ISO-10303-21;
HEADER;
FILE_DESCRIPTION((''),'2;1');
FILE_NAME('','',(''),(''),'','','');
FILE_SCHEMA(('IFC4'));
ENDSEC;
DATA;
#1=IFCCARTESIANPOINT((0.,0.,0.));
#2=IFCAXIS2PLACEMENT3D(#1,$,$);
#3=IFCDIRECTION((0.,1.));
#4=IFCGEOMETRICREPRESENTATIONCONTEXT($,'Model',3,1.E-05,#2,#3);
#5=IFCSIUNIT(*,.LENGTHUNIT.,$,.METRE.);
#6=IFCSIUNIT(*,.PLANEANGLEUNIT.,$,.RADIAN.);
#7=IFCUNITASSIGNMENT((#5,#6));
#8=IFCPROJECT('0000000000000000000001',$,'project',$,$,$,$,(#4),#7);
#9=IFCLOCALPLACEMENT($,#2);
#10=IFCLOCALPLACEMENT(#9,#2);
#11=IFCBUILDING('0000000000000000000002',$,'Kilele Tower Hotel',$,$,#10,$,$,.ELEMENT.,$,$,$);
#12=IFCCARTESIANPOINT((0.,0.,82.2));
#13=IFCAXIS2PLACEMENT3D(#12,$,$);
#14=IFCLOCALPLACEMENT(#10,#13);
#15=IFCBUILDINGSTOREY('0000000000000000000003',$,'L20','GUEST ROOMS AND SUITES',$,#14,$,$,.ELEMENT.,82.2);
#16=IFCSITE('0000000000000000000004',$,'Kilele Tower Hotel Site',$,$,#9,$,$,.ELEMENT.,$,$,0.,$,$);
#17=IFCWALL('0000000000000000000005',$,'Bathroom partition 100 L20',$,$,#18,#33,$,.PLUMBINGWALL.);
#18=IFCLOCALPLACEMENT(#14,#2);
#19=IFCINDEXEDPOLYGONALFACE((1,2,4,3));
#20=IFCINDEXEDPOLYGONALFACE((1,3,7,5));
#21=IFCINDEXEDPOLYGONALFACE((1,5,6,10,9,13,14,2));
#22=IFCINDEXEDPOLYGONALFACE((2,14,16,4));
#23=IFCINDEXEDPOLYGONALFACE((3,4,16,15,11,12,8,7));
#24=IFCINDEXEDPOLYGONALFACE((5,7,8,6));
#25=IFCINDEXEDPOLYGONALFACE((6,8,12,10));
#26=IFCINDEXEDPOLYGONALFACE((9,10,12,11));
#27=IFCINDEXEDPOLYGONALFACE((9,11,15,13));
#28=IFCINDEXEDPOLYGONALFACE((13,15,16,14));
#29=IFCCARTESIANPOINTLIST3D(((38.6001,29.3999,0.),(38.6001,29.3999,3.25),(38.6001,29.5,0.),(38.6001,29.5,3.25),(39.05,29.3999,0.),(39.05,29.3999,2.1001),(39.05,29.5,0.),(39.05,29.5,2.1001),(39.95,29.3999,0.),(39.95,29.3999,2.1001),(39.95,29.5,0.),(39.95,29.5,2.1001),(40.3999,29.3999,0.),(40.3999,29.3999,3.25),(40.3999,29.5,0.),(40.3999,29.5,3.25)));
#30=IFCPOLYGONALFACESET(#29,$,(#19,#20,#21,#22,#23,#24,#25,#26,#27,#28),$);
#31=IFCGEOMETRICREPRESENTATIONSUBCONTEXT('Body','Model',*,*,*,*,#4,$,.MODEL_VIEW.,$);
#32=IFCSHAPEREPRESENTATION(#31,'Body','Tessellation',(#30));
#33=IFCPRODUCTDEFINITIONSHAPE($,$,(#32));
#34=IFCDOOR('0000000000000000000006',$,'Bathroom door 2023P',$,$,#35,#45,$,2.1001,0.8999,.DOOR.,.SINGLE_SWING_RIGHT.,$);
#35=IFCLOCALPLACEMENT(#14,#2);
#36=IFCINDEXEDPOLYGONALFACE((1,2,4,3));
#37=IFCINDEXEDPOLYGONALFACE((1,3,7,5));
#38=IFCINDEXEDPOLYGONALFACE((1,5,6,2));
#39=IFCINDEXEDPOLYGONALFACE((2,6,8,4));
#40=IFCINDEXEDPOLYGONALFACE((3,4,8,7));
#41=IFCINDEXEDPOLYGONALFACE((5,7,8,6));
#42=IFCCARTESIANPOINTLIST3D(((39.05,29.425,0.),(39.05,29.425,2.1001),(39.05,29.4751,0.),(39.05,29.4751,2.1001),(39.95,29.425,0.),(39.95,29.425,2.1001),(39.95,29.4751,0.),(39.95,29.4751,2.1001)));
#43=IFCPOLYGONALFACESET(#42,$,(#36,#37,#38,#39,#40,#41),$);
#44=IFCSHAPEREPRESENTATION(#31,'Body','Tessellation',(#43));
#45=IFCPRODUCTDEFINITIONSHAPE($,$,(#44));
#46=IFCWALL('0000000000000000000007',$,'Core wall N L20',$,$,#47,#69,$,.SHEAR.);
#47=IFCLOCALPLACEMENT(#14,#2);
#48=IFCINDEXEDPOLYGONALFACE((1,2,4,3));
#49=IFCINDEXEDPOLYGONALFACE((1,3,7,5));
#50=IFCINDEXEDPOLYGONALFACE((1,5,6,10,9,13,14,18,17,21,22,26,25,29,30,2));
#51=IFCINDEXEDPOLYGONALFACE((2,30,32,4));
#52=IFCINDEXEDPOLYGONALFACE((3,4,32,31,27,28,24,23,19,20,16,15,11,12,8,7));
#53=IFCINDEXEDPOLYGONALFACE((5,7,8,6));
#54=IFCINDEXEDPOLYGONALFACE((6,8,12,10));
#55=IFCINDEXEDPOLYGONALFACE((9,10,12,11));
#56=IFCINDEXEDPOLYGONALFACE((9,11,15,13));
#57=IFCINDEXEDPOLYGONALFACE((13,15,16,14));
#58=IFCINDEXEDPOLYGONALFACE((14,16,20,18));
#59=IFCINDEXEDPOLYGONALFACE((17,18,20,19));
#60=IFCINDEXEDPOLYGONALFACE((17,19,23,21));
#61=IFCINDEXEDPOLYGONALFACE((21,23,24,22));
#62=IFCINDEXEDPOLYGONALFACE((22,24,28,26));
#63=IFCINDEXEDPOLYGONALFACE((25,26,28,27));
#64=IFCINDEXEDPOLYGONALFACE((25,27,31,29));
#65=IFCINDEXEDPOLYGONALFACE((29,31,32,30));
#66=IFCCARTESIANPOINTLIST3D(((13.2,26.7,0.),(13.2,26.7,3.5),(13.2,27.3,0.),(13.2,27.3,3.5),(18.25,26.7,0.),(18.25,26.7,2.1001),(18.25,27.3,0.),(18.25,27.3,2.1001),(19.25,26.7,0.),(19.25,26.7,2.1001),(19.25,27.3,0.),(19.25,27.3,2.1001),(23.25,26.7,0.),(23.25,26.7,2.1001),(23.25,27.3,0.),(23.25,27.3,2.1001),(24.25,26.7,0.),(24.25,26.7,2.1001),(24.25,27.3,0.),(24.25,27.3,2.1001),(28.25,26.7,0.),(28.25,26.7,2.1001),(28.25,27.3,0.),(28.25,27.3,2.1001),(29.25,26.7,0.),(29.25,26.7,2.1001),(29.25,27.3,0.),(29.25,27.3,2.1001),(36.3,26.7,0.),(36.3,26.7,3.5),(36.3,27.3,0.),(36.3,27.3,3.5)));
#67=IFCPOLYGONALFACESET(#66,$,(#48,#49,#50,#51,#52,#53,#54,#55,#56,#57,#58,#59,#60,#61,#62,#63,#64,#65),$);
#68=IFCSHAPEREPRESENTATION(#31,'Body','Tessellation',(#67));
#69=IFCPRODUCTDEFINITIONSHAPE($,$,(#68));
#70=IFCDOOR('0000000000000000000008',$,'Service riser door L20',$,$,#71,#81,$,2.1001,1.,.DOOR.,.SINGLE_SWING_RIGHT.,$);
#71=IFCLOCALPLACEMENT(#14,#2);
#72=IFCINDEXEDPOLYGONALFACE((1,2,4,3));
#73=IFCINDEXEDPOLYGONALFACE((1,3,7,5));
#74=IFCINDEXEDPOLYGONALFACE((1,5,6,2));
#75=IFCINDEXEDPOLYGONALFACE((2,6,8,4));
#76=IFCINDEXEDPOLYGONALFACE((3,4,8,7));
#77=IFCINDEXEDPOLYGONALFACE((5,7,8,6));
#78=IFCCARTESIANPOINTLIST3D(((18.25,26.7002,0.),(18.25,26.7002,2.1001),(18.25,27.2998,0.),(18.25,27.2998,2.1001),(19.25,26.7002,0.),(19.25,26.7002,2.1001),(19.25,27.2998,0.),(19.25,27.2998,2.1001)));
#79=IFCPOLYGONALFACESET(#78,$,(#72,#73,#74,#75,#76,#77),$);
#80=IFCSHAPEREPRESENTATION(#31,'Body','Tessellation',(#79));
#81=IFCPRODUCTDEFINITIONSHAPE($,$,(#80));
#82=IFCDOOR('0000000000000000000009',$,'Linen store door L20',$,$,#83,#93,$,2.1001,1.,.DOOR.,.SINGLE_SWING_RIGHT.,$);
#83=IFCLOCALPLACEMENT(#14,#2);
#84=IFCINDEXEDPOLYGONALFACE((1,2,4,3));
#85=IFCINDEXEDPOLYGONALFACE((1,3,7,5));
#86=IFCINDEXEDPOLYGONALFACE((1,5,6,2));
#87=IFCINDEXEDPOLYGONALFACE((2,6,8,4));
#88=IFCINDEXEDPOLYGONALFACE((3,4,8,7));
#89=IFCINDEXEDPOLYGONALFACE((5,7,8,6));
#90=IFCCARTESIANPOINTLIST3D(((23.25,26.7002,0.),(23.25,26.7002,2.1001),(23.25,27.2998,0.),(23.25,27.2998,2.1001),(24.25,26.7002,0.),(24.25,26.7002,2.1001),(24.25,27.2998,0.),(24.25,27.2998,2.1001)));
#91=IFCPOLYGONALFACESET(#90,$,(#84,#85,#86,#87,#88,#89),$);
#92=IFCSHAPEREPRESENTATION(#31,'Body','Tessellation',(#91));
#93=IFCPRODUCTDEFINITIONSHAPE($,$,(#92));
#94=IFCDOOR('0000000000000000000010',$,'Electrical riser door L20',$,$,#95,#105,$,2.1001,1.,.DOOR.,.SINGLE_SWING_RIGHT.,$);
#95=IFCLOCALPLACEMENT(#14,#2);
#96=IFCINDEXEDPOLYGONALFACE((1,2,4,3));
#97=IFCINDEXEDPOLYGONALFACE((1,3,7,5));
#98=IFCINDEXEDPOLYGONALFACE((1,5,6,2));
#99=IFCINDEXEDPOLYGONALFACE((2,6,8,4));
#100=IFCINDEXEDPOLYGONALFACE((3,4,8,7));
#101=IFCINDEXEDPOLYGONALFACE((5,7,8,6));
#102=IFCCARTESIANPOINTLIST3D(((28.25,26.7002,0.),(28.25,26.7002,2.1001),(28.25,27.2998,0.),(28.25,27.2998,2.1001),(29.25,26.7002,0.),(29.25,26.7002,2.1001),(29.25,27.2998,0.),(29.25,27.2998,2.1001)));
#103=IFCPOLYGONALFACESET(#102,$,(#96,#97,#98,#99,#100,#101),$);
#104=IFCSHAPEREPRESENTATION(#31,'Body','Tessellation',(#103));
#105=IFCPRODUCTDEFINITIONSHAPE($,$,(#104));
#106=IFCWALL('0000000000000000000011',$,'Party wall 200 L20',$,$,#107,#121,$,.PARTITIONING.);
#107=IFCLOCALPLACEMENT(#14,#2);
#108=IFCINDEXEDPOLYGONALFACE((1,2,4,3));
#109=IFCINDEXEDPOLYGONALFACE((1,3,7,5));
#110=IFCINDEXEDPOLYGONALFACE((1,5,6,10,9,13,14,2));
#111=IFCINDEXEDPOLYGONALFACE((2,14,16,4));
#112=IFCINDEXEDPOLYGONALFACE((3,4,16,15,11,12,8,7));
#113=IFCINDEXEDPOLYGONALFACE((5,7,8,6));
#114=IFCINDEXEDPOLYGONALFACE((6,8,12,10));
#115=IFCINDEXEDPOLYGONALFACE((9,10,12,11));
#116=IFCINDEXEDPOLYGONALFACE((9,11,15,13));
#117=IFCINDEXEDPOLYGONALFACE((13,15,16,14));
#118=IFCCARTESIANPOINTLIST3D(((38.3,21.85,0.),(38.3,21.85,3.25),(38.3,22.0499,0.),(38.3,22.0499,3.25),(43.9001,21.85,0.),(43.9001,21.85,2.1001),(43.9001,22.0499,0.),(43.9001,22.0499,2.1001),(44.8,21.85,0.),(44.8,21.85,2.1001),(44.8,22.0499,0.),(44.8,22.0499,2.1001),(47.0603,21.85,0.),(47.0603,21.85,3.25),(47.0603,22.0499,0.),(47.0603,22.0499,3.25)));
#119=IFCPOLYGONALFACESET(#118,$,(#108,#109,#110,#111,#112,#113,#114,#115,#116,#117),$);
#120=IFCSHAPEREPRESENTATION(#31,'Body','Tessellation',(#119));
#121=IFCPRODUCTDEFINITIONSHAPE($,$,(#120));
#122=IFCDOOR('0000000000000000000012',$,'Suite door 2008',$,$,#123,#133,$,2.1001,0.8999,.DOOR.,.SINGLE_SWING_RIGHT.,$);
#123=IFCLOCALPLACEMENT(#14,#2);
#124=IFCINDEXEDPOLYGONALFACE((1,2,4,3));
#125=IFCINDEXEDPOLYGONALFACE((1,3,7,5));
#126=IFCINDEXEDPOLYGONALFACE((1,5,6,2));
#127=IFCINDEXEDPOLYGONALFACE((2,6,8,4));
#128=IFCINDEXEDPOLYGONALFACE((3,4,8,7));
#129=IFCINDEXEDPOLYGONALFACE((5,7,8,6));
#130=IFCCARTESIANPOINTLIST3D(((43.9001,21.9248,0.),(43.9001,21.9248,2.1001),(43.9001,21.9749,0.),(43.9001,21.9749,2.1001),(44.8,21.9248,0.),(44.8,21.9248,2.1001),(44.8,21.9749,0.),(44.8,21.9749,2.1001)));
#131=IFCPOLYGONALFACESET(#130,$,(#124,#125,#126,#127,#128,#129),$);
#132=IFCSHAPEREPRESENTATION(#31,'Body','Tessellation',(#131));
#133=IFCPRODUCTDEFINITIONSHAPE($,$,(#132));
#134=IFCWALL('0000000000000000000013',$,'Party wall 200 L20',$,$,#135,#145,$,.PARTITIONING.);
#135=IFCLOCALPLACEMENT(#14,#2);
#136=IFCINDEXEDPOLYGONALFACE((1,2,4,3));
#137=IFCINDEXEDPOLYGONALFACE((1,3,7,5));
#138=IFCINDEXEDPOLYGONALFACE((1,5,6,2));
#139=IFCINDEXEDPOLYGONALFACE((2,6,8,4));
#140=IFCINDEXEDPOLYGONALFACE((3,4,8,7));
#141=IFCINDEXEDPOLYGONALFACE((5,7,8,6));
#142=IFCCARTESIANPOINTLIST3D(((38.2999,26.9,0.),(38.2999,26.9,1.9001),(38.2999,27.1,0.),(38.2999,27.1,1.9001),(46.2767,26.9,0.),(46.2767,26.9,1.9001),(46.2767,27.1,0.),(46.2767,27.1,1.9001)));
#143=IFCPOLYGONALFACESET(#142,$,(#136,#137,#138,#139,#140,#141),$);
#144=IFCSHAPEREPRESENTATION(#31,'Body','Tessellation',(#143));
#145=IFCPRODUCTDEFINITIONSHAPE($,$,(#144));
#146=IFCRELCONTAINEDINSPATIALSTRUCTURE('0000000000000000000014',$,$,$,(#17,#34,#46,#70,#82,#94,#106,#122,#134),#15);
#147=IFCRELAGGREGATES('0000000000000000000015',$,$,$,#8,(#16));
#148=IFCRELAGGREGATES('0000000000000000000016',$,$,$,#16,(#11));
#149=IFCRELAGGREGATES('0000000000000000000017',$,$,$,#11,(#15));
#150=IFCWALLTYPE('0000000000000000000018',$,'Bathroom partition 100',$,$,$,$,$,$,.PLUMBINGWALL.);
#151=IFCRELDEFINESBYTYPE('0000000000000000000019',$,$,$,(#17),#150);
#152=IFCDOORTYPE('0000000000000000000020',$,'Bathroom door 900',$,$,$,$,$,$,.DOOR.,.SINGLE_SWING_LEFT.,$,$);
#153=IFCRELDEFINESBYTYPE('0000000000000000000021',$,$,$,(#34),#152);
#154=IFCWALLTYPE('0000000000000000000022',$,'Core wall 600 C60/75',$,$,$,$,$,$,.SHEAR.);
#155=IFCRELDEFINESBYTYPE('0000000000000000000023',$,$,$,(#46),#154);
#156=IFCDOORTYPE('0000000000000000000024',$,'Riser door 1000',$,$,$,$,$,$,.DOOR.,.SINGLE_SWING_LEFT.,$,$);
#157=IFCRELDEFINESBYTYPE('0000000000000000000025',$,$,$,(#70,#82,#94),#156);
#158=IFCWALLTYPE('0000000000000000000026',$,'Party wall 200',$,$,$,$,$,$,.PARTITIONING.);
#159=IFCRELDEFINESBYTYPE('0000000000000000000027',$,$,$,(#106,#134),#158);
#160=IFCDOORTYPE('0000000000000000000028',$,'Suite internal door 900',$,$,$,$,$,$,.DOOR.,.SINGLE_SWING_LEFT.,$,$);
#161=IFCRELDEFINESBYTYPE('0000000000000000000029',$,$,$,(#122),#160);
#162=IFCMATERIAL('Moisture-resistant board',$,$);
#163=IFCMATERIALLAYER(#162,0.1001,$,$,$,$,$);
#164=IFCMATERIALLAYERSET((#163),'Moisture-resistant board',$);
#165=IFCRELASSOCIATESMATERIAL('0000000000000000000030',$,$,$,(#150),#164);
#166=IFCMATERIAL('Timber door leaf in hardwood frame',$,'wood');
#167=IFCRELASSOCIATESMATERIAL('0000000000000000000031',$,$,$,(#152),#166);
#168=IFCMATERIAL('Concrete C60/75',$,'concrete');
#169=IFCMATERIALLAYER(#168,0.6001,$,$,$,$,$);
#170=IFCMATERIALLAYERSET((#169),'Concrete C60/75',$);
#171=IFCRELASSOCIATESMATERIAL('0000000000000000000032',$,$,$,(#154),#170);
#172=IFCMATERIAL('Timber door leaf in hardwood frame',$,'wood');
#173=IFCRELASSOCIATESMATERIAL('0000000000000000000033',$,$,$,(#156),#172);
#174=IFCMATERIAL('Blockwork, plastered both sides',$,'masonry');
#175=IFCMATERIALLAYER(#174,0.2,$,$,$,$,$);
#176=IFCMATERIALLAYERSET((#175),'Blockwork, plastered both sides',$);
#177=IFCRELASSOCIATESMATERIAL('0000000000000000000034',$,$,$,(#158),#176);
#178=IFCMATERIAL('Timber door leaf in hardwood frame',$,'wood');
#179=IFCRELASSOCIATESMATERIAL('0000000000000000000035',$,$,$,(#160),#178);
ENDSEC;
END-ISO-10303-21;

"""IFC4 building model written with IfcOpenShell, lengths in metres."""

from ifc_helpers import new_model, si_unit, direction, frame, frame_2d, origin, place, context, subcontext, project, spatial, rectangle, extrude, material, layer, layer_set, type_object, element, fill, save


model = new_model("IFC4")

# Units and contexts
model_context = context("Model", 3, precision=1e-05, world=origin(), true_north=direction((0.0, 1.0)))
body_context = subcontext(model_context, "Body", "Model", "MODEL_VIEW")
ifc_project = project(units=[si_unit("LENGTHUNIT", "METRE"), si_unit("PLANEANGLEUNIT", "RADIAN")], contexts=[model_context])

# Site, building, storey
site_placement = place(None, origin())
site = spatial("IfcSite", under=ifc_project, at=site_placement, Name="Kilele Tower Hotel Site", CompositionType="ELEMENT", RefElevation=0.0)
building_placement = place(site_placement, origin())
building = spatial("IfcBuilding", under=site, at=building_placement, Name="Kilele Tower Hotel", CompositionType="ELEMENT")
storey_placement = place(building_placement, frame((0.0, 0.0, 82.2)))
storey = spatial("IfcBuildingStorey", under=building, at=storey_placement, Name="L20", Description="GUEST ROOMS AND SUITES", CompositionType="ELEMENT", Elevation=82.2)

# Shared definitions
ifc_material_1 = material(Name="Moisture-resistant board")
ifc_layer_1 = layer(ifc_material_1, 0.1001)
ifc_layer_set_1 = layer_set([ifc_layer_1], Name="Moisture-resistant board")
wall_type_1 = type_object("IfcWallType", Name="Bathroom partition 100", PredefinedType="PLUMBINGWALL", material=ifc_layer_set_1)

# Shared definitions
ifc_material_2 = material(Name="Timber door leaf in hardwood frame", Category="wood")
door_type_1 = type_object("IfcDoorType", Name="Bathroom door 900", OperationType="SINGLE_SWING_LEFT", PredefinedType="DOOR", material=ifc_material_2)

# Wall, opening, door
wall_1_placement = place(storey_placement, frame((38.6001, 29.45, 0.0), z_axis=(0.0, 0.0, 1.0), x_axis=(1.0, 0.0, 0.0)))
wall_1 = element("IfcWall", 1, at=wall_1_placement, inside=storey, type_object=wall_type_1, Name="Bathroom partition 100 L20", PredefinedType="PLUMBINGWALL", context=body_context, shape_type="SweptSolid", body=[
    extrude(rectangle(XDim=1.7998, YDim=0.1001, at=frame_2d((0.8999, 0.0))), origin(), (0.0, 0.0, 1.0), 3.25),
])
opening_1_placement = place(wall_1_placement, frame((1.3499, 0.0, 0.0), z_axis=(0.0, 0.0, 1.0), x_axis=(-1.0, 0.0, 0.0)))
opening_1 = element("IfcOpeningElement", 2, at=opening_1_placement, cuts=wall_1, PredefinedType="OPENING", context=body_context, shape_type="SweptSolid", body=[
    extrude(rectangle(XDim=0.8999, YDim=2.1001, at=frame_2d((0.45, 1.05))), frame((0.0, 0.0601, 0.0), z_axis=(0.0, -1.0, 0.0), x_axis=(1.0, 0.0, 0.0)), (0.0, 0.0, 1.0), 0.1201),
])
door_1_placement = place(opening_1_placement, origin())
door_1 = element("IfcDoor", 3, at=door_1_placement, inside=storey, type_object=door_type_1, Name="Bathroom door 2023P", OperationType="SINGLE_SWING_RIGHT", OverallHeight=2.1001, OverallWidth=0.8999, PredefinedType="DOOR", context=body_context, shape_type="SweptSolid", body=[
    extrude(rectangle(XDim=0.8999, YDim=2.1001, at=frame_2d((0.45, 1.05))), frame((0.0, 0.0249, 0.0), z_axis=(0.0, -1.0, 0.0), x_axis=(1.0, 0.0, 0.0)), (0.0, 0.0, 1.0), 0.05),
])
fill(opening_1, door_1)

# Wall, openings, doors
ifc_material_3 = material(Name="Concrete C60/75", Category="concrete")
ifc_layer_2 = layer(ifc_material_3, 0.6001)
ifc_layer_set_2 = layer_set([ifc_layer_2], Name="Concrete C60/75")
wall_type_2 = type_object("IfcWallType", Name="Core wall 600 C60/75", PredefinedType="SHEAR", material=ifc_layer_set_2)
wall_2_placement = place(storey_placement, frame((36.3, 27.0, 0.0), z_axis=(0.0, 0.0, 1.0), x_axis=(-1.0, 0.0, 0.0)))
wall_2 = element("IfcWall", 4, at=wall_2_placement, inside=storey, type_object=wall_type_2, Name="Core wall N L20", PredefinedType="SHEAR", context=body_context, shape_type="SweptSolid", body=[
    extrude(rectangle(XDim=23.1001, YDim=0.6001, at=frame_2d((11.55, 0.0))), origin(), (0.0, 0.0, 1.0), 3.5),
])
opening_2_placement = place(wall_2_placement, frame((17.05, 0.0, 0.0)))
opening_2 = element("IfcOpeningElement", 5, at=opening_2_placement, cuts=wall_2, PredefinedType="OPENING", context=body_context, shape_type="SweptSolid", body=[
    extrude(rectangle(XDim=1.0, YDim=2.1001, at=frame_2d((0.5, 1.05))), frame((0.0, 0.3101, 0.0), z_axis=(0.0, -1.0, 0.0), x_axis=(1.0, 0.0, 0.0)), (0.0, 0.0, 1.0), 0.6201),
])
opening_3_placement = place(wall_2_placement, frame((12.05, 0.0, 0.0)))
opening_3 = element("IfcOpeningElement", 6, at=opening_3_placement, cuts=wall_2, PredefinedType="OPENING", context=body_context, shape_type="SweptSolid", body=[
    extrude(rectangle(XDim=1.0, YDim=2.1001, at=frame_2d((0.5, 1.05))), frame((0.0, 0.3101, 0.0), z_axis=(0.0, -1.0, 0.0), x_axis=(1.0, 0.0, 0.0)), (0.0, 0.0, 1.0), 0.6201),
])
opening_4_placement = place(wall_2_placement, frame((7.05, 0.0, 0.0)))
opening_4 = element("IfcOpeningElement", 7, at=opening_4_placement, cuts=wall_2, PredefinedType="OPENING", context=body_context, shape_type="SweptSolid", body=[
    extrude(rectangle(XDim=1.0, YDim=2.1001, at=frame_2d((0.5, 1.05))), frame((0.0, 0.3101, 0.0), z_axis=(0.0, -1.0, 0.0), x_axis=(1.0, 0.0, 0.0)), (0.0, 0.0, 1.0), 0.6201),
])
ifc_material_4 = material(Name="Timber door leaf in hardwood frame", Category="wood")
door_type_2 = type_object("IfcDoorType", Name="Riser door 1000", OperationType="SINGLE_SWING_LEFT", PredefinedType="DOOR", material=ifc_material_4)
door_2_placement = place(opening_2_placement, origin())
door_2 = element("IfcDoor", 8, at=door_2_placement, inside=storey, type_object=door_type_2, Name="Service riser door L20", OperationType="SINGLE_SWING_RIGHT", OverallHeight=2.1001, OverallWidth=1.0, PredefinedType="DOOR", context=body_context, shape_type="SweptSolid", body=[
    extrude(rectangle(XDim=1.0, YDim=2.1001, at=frame_2d((0.5, 1.05))), frame((0.0, 0.2998, 0.0), z_axis=(0.0, -1.0, 0.0), x_axis=(1.0, 0.0, 0.0)), (0.0, 0.0, 1.0), 0.5996),
])
fill(opening_2, door_2)
door_3_placement = place(opening_3_placement, origin())
door_3 = element("IfcDoor", 9, at=door_3_placement, inside=storey, type_object=door_type_2, Name="Linen store door L20", OperationType="SINGLE_SWING_RIGHT", OverallHeight=2.1001, OverallWidth=1.0, PredefinedType="DOOR", context=body_context, shape_type="SweptSolid", body=[
    extrude(rectangle(XDim=1.0, YDim=2.1001, at=frame_2d((0.5, 1.05))), frame((0.0, 0.2998, 0.0), z_axis=(0.0, -1.0, 0.0), x_axis=(1.0, 0.0, 0.0)), (0.0, 0.0, 1.0), 0.5996),
])
fill(opening_3, door_3)
door_4_placement = place(opening_4_placement, origin())
door_4 = element("IfcDoor", 10, at=door_4_placement, inside=storey, type_object=door_type_2, Name="Electrical riser door L20", OperationType="SINGLE_SWING_RIGHT", OverallHeight=2.1001, OverallWidth=1.0, PredefinedType="DOOR", context=body_context, shape_type="SweptSolid", body=[
    extrude(rectangle(XDim=1.0, YDim=2.1001, at=frame_2d((0.5, 1.05))), frame((0.0, 0.2998, 0.0), z_axis=(0.0, -1.0, 0.0), x_axis=(1.0, 0.0, 0.0)), (0.0, 0.0, 1.0), 0.5996),
])
fill(opening_4, door_4)

# Wall, opening, door
ifc_material_5 = material(Name="Blockwork, plastered both sides", Category="masonry")
ifc_layer_3 = layer(ifc_material_5, 0.2)
ifc_layer_set_3 = layer_set([ifc_layer_3], Name="Blockwork, plastered both sides")
wall_type_3 = type_object("IfcWallType", Name="Party wall 200", PredefinedType="PARTITIONING", material=ifc_layer_set_3)
wall_3_placement = place(storey_placement, frame((38.3, 21.95, 0.0), z_axis=(0.0, 0.0, 1.0), x_axis=(1.0, 0.0, 0.0)))
wall_3 = element("IfcWall", 11, at=wall_3_placement, inside=storey, type_object=wall_type_3, Name="Party wall 200 L20", PredefinedType="PARTITIONING", context=body_context, shape_type="SweptSolid", body=[
    extrude(rectangle(XDim=8.7603, YDim=0.2, at=frame_2d((4.3801, 0.0))), origin(), (0.0, 0.0, 1.0), 3.25),
])
opening_5_placement = place(wall_3_placement, frame((5.6001, 0.0, 0.0)))
opening_5 = element("IfcOpeningElement", 12, at=opening_5_placement, cuts=wall_3, PredefinedType="OPENING", context=body_context, shape_type="SweptSolid", body=[
    extrude(rectangle(XDim=0.8999, YDim=2.1001, at=frame_2d((0.45, 1.05))), frame((0.0, 0.1099, 0.0), z_axis=(0.0, -1.0, 0.0), x_axis=(1.0, 0.0, 0.0)), (0.0, 0.0, 1.0), 0.22),
])
ifc_material_6 = material(Name="Timber door leaf in hardwood frame", Category="wood")
door_type_3 = type_object("IfcDoorType", Name="Suite internal door 900", OperationType="SINGLE_SWING_LEFT", PredefinedType="DOOR", material=ifc_material_6)
door_5_placement = place(opening_5_placement, origin())
door_5 = element("IfcDoor", 13, at=door_5_placement, inside=storey, type_object=door_type_3, Name="Suite door 2008", OperationType="SINGLE_SWING_RIGHT", OverallHeight=2.1001, OverallWidth=0.8999, PredefinedType="DOOR", context=body_context, shape_type="SweptSolid", body=[
    extrude(rectangle(XDim=0.8999, YDim=2.1001, at=frame_2d((0.45, 1.05))), frame((0.0, 0.0249, 0.0), z_axis=(0.0, -1.0, 0.0), x_axis=(1.0, 0.0, 0.0)), (0.0, 0.0, 1.0), 0.05),
])
fill(opening_5, door_5)

# Wall
wall_4_placement = place(storey_placement, frame((38.3, 27.0, 0.0), z_axis=(0.0, 0.0, 1.0), x_axis=(1.0, 0.0, 0.0)))
element("IfcWall", 14, at=wall_4_placement, inside=storey, type_object=wall_type_3, Name="Party wall 200 L20", PredefinedType="PARTITIONING", context=body_context, shape_type="SweptSolid", body=[
    extrude(rectangle(XDim=7.9768, YDim=0.2, at=frame_2d((3.9883, 0.0))), origin(), (0.0, 0.0, 1.0), 1.9001),
])

save(model, "model.ifc")
